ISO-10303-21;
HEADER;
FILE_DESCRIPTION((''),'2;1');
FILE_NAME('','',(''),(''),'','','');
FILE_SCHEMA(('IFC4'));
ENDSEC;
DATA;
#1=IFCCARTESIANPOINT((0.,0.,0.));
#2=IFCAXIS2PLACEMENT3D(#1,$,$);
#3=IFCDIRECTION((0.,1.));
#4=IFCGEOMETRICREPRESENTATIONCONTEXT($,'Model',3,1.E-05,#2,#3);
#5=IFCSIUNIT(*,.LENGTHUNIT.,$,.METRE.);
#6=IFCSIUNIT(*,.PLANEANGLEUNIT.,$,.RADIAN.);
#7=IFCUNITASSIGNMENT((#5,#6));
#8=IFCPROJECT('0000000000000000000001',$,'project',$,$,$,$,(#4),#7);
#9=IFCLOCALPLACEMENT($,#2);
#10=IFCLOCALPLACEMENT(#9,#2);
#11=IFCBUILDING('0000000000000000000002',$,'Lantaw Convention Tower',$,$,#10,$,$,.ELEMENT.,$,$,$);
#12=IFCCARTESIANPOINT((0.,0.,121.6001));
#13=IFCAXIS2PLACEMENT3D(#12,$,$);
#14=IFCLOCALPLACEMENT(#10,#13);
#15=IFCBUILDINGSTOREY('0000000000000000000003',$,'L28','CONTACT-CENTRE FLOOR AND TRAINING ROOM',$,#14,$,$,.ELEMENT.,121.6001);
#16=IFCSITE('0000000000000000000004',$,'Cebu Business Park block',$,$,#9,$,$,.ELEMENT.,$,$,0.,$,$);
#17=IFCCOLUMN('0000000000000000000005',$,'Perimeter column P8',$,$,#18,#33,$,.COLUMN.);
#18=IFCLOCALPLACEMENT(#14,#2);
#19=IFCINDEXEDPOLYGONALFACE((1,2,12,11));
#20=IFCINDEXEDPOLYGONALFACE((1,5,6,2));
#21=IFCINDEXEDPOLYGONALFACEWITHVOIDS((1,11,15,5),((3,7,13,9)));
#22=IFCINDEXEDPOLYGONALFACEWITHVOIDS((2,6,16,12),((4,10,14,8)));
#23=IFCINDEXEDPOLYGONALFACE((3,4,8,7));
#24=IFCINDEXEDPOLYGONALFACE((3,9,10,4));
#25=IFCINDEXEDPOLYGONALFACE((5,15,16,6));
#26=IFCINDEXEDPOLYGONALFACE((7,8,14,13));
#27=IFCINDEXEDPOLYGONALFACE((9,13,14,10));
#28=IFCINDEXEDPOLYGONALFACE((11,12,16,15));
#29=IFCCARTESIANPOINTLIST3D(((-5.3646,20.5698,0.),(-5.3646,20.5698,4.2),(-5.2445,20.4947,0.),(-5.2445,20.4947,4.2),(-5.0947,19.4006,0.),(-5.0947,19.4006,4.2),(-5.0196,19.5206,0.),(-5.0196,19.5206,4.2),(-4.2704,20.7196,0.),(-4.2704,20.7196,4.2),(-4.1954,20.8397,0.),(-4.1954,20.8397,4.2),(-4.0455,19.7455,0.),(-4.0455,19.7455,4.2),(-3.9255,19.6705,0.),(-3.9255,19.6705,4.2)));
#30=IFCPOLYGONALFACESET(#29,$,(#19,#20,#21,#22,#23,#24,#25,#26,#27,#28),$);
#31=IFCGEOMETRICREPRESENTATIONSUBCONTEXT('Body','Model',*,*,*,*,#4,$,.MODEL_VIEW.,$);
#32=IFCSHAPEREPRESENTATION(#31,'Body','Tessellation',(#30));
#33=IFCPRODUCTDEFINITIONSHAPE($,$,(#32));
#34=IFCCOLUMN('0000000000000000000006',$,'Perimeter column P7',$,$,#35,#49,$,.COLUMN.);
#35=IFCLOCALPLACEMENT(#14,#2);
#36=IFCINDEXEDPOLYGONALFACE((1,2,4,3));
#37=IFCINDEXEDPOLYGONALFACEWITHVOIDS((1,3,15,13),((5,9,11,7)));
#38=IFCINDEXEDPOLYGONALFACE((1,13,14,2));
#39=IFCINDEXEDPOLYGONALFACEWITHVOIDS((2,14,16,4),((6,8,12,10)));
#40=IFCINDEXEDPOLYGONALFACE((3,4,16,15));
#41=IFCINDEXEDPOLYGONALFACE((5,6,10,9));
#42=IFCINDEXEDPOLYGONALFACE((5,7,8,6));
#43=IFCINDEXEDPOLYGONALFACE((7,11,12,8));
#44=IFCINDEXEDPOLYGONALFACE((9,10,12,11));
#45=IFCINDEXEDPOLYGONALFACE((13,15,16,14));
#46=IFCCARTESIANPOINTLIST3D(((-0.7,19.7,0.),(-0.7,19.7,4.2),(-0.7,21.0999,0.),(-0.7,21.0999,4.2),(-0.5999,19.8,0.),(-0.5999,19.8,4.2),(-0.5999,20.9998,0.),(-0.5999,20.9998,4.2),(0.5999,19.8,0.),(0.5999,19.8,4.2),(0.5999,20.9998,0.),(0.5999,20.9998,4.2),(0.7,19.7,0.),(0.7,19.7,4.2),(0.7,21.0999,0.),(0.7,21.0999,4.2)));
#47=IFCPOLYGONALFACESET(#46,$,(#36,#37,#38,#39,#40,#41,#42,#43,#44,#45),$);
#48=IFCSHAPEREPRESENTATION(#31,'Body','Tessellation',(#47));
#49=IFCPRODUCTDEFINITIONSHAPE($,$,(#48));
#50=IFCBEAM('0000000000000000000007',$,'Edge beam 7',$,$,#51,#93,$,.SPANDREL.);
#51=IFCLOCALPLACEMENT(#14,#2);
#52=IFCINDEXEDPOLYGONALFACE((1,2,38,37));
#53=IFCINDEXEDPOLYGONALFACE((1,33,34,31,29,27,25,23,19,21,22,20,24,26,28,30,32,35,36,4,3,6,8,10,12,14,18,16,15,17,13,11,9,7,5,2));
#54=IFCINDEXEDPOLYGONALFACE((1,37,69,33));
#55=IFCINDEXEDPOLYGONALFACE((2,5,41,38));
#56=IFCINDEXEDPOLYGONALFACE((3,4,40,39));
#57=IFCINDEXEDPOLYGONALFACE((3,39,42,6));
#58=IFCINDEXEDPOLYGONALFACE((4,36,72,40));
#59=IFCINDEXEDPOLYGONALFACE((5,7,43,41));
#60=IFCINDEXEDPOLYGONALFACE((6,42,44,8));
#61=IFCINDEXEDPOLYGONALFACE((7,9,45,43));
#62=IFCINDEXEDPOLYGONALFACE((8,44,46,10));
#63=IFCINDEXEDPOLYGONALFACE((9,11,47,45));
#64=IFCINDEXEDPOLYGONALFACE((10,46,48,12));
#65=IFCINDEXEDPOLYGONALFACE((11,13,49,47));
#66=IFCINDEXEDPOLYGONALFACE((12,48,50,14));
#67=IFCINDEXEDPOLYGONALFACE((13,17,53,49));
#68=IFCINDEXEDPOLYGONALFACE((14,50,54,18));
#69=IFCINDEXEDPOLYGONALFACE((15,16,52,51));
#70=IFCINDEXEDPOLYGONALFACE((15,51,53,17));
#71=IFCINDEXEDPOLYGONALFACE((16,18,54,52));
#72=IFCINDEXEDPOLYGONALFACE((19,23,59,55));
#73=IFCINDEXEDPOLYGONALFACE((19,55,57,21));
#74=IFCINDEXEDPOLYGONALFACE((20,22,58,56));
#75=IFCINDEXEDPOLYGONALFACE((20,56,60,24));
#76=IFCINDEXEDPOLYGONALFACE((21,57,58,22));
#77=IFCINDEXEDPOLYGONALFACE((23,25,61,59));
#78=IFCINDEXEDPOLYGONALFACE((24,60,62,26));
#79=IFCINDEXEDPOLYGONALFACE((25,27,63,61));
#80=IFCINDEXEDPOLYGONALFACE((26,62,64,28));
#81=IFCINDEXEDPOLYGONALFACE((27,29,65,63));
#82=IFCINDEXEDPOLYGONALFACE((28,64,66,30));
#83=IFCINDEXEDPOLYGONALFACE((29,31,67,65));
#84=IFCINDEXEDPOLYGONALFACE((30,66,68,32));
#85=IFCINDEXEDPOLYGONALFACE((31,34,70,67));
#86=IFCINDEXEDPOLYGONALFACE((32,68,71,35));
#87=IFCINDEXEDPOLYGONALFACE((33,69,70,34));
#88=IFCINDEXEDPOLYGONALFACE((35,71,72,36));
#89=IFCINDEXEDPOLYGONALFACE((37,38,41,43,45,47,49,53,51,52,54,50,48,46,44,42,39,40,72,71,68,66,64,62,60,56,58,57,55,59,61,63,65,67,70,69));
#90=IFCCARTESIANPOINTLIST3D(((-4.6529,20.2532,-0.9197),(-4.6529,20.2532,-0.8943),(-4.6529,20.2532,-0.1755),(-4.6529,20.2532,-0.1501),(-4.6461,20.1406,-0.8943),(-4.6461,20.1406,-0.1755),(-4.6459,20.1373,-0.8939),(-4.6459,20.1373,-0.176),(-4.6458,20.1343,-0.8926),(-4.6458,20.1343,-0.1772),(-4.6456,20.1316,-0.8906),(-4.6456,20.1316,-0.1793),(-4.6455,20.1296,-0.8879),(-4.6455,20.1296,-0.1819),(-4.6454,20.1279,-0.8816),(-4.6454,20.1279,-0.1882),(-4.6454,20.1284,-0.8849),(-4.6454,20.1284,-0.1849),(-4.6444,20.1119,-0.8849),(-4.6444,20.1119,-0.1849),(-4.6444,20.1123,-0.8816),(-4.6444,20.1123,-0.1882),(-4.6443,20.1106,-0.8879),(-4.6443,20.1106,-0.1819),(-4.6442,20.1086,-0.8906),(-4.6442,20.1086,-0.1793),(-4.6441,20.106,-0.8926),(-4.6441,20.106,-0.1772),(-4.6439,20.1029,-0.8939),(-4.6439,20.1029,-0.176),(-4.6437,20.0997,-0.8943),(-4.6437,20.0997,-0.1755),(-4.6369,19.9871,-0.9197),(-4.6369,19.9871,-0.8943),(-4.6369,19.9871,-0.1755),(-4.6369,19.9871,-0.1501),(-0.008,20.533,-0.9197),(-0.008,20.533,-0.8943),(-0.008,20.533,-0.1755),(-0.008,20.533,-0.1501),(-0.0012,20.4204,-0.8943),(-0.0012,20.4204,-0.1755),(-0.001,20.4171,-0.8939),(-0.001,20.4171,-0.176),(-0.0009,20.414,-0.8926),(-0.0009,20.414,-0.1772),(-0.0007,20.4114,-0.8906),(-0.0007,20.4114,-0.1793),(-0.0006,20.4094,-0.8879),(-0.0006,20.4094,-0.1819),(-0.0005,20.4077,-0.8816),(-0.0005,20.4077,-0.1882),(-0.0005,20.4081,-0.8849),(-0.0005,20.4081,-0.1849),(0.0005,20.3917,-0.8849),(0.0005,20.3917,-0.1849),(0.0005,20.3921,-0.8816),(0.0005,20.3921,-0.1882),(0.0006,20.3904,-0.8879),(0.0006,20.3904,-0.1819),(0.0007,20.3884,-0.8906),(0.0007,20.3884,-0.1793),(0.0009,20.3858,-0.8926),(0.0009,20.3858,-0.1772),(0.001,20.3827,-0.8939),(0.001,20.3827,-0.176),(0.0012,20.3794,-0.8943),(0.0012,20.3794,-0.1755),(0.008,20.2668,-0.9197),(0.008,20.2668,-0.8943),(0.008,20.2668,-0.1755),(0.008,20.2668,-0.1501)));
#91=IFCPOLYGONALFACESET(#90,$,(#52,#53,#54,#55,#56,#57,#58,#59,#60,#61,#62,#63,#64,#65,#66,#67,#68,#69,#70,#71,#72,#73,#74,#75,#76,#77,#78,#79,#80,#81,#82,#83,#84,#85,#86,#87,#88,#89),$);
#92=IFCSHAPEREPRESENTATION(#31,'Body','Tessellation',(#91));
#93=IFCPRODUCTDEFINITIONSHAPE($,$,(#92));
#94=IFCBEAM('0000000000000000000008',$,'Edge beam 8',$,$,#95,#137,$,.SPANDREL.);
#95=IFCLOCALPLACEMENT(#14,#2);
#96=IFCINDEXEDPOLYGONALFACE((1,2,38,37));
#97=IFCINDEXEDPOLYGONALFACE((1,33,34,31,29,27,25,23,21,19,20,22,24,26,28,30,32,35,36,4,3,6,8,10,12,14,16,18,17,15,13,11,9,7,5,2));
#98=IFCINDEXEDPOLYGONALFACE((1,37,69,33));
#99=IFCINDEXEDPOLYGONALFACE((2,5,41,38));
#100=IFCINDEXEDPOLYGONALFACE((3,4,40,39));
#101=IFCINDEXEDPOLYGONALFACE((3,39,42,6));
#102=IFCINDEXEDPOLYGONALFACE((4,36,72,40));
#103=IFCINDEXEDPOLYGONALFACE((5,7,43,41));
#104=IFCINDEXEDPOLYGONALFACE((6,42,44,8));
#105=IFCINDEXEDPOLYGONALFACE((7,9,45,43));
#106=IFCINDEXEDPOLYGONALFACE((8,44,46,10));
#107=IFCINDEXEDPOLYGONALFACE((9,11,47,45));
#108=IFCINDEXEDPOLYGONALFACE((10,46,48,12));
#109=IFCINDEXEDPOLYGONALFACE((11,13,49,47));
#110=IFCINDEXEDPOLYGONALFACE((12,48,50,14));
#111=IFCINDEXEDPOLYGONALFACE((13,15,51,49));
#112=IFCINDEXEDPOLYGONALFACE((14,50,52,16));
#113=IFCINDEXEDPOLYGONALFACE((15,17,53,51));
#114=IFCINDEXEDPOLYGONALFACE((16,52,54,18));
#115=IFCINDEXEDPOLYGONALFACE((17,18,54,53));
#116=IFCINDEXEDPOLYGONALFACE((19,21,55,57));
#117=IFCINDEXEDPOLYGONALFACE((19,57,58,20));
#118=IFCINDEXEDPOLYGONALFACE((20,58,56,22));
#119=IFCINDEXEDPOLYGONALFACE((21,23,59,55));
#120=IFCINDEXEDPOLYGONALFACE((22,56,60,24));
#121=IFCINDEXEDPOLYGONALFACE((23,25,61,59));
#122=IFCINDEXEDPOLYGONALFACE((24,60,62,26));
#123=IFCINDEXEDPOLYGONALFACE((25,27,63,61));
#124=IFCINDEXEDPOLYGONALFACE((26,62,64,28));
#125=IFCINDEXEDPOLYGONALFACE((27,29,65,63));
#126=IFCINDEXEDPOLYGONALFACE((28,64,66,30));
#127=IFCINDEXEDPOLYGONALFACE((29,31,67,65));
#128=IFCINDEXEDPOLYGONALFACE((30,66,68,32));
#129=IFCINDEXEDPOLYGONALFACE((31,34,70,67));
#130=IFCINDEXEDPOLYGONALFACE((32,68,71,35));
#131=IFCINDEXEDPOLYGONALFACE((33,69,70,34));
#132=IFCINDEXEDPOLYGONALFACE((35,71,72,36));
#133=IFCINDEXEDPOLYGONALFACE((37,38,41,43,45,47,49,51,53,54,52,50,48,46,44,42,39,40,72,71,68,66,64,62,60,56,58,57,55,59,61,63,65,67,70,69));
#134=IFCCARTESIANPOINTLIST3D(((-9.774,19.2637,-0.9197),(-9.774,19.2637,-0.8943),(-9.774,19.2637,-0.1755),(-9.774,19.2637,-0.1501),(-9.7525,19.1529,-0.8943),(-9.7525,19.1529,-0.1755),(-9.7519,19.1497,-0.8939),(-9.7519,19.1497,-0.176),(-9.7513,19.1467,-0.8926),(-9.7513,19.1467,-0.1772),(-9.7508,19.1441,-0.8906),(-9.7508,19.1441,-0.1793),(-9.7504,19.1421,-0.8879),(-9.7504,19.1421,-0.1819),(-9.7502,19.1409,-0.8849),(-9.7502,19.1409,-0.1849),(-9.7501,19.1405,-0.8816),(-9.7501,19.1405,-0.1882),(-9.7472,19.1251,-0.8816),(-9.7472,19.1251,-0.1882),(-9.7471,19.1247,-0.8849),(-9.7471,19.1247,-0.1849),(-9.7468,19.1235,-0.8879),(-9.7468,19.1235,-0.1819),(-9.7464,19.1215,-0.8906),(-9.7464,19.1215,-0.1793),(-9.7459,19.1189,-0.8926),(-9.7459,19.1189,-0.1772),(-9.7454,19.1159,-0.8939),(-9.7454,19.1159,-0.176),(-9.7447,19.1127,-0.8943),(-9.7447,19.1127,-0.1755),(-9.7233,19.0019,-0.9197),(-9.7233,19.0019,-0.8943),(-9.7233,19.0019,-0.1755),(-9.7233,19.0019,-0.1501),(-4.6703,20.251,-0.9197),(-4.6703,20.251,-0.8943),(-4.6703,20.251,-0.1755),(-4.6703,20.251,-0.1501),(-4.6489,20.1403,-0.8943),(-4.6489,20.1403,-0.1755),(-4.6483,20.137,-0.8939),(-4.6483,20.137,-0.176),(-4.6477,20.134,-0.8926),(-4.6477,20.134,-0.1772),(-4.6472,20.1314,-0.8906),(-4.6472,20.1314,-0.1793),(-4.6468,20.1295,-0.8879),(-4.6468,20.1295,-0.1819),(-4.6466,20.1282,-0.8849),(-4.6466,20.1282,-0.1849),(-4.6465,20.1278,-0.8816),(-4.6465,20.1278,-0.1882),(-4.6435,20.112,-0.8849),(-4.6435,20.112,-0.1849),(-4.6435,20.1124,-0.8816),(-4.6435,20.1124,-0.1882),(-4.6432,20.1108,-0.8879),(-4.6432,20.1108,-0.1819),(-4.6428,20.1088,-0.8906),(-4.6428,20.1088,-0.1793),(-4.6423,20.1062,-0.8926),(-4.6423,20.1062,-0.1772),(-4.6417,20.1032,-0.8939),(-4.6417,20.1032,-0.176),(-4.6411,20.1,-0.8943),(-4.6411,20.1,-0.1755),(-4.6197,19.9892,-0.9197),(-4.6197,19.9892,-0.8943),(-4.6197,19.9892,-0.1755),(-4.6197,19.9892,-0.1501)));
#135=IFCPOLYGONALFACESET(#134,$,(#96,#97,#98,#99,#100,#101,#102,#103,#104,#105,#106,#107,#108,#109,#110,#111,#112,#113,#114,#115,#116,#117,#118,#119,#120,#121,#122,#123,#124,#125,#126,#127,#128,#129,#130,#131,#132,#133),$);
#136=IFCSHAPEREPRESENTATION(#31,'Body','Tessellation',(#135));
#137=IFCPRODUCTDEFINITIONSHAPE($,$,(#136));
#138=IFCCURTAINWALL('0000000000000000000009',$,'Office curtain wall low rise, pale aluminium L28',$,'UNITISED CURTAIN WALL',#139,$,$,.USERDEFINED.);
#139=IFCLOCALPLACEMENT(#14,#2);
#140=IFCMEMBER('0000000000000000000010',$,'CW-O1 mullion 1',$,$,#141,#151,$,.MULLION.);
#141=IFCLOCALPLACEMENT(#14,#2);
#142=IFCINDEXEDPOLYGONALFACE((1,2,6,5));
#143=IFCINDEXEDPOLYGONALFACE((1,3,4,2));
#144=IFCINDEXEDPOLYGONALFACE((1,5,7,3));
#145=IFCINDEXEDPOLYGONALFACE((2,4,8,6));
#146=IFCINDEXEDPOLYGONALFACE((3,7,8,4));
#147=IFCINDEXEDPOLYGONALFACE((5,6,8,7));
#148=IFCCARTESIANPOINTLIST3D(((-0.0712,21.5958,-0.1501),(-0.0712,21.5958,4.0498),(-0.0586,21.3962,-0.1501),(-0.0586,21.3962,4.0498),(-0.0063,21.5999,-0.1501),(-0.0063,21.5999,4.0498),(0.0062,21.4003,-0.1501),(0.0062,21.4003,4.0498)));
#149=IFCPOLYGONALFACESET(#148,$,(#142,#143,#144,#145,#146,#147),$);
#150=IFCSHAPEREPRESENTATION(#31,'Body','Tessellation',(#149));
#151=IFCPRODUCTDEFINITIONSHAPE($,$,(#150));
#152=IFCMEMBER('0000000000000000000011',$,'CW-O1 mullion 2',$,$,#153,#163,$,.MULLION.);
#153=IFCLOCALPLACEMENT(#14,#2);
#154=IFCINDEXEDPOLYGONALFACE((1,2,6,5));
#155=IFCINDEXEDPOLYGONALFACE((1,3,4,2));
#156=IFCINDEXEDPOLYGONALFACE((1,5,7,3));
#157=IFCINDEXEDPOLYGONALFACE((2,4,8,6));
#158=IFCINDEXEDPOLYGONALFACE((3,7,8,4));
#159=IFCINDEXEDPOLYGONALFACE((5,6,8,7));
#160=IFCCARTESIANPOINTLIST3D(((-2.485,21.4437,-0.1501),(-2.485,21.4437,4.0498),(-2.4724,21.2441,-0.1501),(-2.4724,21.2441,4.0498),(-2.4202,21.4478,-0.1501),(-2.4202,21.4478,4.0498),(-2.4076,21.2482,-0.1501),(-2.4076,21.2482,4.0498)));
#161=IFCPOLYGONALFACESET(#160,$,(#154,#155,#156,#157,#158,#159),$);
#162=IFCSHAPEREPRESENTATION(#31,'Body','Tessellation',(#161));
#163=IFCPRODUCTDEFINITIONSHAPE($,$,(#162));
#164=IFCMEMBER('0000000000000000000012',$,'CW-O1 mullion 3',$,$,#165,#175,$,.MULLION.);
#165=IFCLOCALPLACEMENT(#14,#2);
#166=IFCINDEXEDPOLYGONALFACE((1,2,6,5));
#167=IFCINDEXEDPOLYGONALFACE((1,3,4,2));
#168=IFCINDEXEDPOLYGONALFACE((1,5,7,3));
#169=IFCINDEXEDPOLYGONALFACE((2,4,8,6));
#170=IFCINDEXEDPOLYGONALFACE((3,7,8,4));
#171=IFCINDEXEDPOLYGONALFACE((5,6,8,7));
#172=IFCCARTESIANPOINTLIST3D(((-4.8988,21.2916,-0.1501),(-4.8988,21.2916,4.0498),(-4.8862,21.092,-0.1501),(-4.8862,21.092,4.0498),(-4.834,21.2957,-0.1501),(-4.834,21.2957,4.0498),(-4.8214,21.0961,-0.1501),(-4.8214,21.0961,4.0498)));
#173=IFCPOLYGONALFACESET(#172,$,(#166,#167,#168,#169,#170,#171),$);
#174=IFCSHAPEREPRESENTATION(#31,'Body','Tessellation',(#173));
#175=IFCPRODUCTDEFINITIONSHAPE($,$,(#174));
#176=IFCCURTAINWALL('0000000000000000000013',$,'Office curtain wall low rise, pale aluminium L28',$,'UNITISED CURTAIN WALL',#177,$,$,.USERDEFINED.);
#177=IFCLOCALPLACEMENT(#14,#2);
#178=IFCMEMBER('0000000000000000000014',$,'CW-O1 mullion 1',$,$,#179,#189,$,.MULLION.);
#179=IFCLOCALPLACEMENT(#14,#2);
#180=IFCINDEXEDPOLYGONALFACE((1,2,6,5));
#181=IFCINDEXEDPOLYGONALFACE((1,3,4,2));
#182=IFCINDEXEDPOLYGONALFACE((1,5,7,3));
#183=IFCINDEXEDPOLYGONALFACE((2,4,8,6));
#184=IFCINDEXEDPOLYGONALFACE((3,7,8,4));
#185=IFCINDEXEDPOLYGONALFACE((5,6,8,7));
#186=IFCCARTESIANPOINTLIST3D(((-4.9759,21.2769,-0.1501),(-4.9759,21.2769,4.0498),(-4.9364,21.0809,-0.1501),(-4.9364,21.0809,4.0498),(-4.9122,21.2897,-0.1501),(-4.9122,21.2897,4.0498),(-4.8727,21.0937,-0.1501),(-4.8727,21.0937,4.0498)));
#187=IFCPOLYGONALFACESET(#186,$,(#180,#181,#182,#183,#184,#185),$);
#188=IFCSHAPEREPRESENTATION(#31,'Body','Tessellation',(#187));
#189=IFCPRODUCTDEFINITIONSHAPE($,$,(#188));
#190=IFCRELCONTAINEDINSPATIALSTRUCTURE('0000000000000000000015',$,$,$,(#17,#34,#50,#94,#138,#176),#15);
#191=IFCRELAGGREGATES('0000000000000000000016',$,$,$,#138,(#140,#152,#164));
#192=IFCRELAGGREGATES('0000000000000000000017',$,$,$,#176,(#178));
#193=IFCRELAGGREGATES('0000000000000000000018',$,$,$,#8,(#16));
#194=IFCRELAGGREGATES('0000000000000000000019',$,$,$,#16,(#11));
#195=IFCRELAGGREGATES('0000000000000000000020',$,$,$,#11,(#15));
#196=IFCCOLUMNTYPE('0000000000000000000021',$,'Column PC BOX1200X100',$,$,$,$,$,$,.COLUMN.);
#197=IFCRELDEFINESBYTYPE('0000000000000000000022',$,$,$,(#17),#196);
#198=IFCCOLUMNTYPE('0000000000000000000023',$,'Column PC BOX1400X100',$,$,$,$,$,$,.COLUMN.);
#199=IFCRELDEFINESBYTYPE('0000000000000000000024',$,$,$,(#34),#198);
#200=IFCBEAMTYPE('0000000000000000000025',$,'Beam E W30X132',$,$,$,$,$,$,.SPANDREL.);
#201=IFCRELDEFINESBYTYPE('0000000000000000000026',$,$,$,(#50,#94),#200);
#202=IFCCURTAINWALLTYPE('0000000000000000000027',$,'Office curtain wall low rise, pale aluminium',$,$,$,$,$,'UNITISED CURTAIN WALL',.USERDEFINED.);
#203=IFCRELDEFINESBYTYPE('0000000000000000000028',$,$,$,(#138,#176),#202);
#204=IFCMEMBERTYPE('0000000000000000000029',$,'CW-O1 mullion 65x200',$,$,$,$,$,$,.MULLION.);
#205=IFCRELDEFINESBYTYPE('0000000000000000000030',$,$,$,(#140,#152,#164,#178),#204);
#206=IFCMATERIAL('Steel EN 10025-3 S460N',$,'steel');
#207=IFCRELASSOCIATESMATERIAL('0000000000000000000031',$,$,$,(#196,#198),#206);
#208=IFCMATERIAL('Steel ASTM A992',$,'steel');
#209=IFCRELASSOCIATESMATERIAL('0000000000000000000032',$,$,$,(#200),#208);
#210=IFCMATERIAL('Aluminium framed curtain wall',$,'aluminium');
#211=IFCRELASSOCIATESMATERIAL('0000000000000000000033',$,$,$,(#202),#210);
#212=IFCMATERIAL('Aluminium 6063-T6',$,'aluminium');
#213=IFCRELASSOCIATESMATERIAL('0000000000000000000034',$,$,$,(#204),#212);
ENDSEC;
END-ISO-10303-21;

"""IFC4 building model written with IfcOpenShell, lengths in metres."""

from ifc_helpers import new_model, si_unit, direction, frame, origin, origin_2d, place, context, subcontext, project, spatial, rectangle, hollow_rectangle, i_section, extrude, material, material_profile, profile_set, type_object, element, aggregate, save


model = new_model("IFC4")

# Units and contexts
model_context = context("Model", 3, precision=1e-05, world=origin(), true_north=direction((0.0, 1.0)))
body_context = subcontext(model_context, "Body", "Model", "MODEL_VIEW")
ifc_project = project(units=[si_unit("LENGTHUNIT", "METRE"), si_unit("PLANEANGLEUNIT", "RADIAN")], contexts=[model_context])

# Site, building, storey
site_placement = place(None, origin())
site = spatial("IfcSite", under=ifc_project, at=site_placement, Name="Cebu Business Park block", CompositionType="ELEMENT", RefElevation=0.0)
building_placement = place(site_placement, origin())
building = spatial("IfcBuilding", under=site, at=building_placement, Name="Lantaw Convention Tower", CompositionType="ELEMENT")
storey_placement = place(building_placement, frame((0.0, 0.0, 121.6001)))
storey = spatial("IfcBuildingStorey", under=building, at=storey_placement, Name="L28", Description="CONTACT-CENTRE FLOOR AND TRAINING ROOM", CompositionType="ELEMENT", Elevation=121.6001)

# Columns
ifc_material_1 = material(Name="Steel EN 10025-3 S460N", Category="steel")
ifc_material_profile_1 = material_profile(ifc_material_1, hollow_rectangle(XDim=1.2, YDim=1.2, WallThickness=0.1001, at=origin_2d()), Name="BOX1200X100")
ifc_material_2 = material(Name="Concrete C60/75", Category="concrete")
ifc_material_profile_2 = material_profile(ifc_material_2, rectangle(XDim=1.0, YDim=1.0, at=origin_2d()), Name="Concrete fill of BOX1200X100")
ifc_profile_set_1 = profile_set([ifc_material_profile_1, ifc_material_profile_2], Name="Steel EN 10025-3 S460N")
column_type_1 = type_object("IfcColumnType", Name="Column PC BOX1200X100", PredefinedType="COLUMN", material=ifc_profile_set_1)
column_1_placement = place(storey_placement, frame((-4.645, 20.1201, 0.0), z_axis=(0.0, 0.0, 1.0), x_axis=(0.97437, 0.224951, 0.0)))
element("IfcColumn", 1, at=column_1_placement, inside=storey, type_object=column_type_1, Name="Perimeter column P8", PredefinedType="COLUMN", context=body_context, shape_type="SweptSolid", body=[
    extrude(hollow_rectangle(XDim=1.2, YDim=1.2, WallThickness=0.1001, at=origin_2d()), origin(), (0.0, 0.0, 1.0), 4.2),
])
ifc_material_profile_3 = material_profile(ifc_material_1, hollow_rectangle(XDim=1.3999, YDim=1.3999, WallThickness=0.1001, at=origin_2d()), Name="BOX1400X100")
ifc_material_profile_4 = material_profile(ifc_material_2, rectangle(XDim=1.2, YDim=1.2, at=origin_2d()), Name="Concrete fill of BOX1400X100")
ifc_profile_set_2 = profile_set([ifc_material_profile_3, ifc_material_profile_4], Name="Steel EN 10025-3 S460N")
column_type_2 = type_object("IfcColumnType", Name="Column PC BOX1400X100", PredefinedType="COLUMN", material=ifc_profile_set_2)
column_2_placement = place(storey_placement, frame((0.0, 20.3999, 0.0), z_axis=(0.0, 0.0, 1.0), x_axis=(1.0, 0.0, 0.0)))
element("IfcColumn", 2, at=column_2_placement, inside=storey, type_object=column_type_2, Name="Perimeter column P7", PredefinedType="COLUMN", context=body_context, shape_type="SweptSolid", body=[
    extrude(hollow_rectangle(XDim=1.3999, YDim=1.3999, WallThickness=0.1001, at=origin_2d()), origin(), (0.0, 0.0, 1.0), 4.2),
])

# Beams
ifc_material_3 = material(Name="Steel ASTM A992", Category="steel")
ifc_material_profile_5 = material_profile(ifc_material_3, i_section(OverallWidth=0.2666, OverallDepth=0.7695, WebThickness=0.0156, FlangeThickness=0.0254, FilletRadius=0.0127, at=origin_2d()), Name="W30X132")
ifc_profile_set_3 = profile_set([ifc_material_profile_5], Name="Steel ASTM A992")
beam_type = type_object("IfcBeamType", Name="Beam E W30X132", PredefinedType="SPANDREL", material=ifc_profile_set_3)
beam_1_placement = place(storey_placement, frame((0.0, 20.3999, -0.5349), z_axis=(-0.998191, -0.060124, 0.0), x_axis=(0.060124, -0.998191, 0.0)))
element("IfcBeam", 3, at=beam_1_placement, inside=storey, type_object=beam_type, Name="Edge beam 7", PredefinedType="SPANDREL", context=body_context, shape_type="SweptSolid", body=[
    extrude(i_section(OverallWidth=0.2666, OverallDepth=0.7695, WebThickness=0.0156, FlangeThickness=0.0254, FilletRadius=0.0127, at=origin_2d()), origin(), (0.0, 0.0, 1.0), 4.6533),
])
beam_2_placement = place(storey_placement, frame((-4.645, 20.1201, -0.5349), z_axis=(-0.981797, -0.189934, 0.0), x_axis=(0.189934, -0.981797, 0.0)))
element("IfcBeam", 4, at=beam_2_placement, inside=storey, type_object=beam_type, Name="Edge beam 8", PredefinedType="SPANDREL", context=body_context, shape_type="SweptSolid", body=[
    extrude(i_section(OverallWidth=0.2666, OverallDepth=0.7695, WebThickness=0.0156, FlangeThickness=0.0254, FilletRadius=0.0127, at=origin_2d()), origin(), (0.0, 0.0, 1.0), 5.1982),
])

# Curtain walls, members
ifc_material_4 = material(Name="Aluminium framed curtain wall", Category="aluminium")
curtain_wall_type = type_object("IfcCurtainWallType", Name="Office curtain wall low rise, pale aluminium", ElementType="UNITISED CURTAIN WALL", PredefinedType="USERDEFINED", material=ifc_material_4)
curtain_wall_1_placement = place(storey_placement, origin())
curtain_wall_1 = element("IfcCurtainWall", 5, at=curtain_wall_1_placement, inside=storey, type_object=curtain_wall_type, Name="Office curtain wall low rise, pale aluminium L28", ObjectType="UNITISED CURTAIN WALL", PredefinedType="USERDEFINED")
ifc_material_5 = material(Name="Aluminium 6063-T6", Category="aluminium")
ifc_material_profile_6 = material_profile(ifc_material_5, rectangle(XDim=0.2, YDim=0.0649, at=origin_2d()), Name="CW-O1 mullion 65x200")
ifc_profile_set_4 = profile_set([ifc_material_profile_6], Name="Aluminium 6063-T6")
member_type_1 = type_object("IfcMemberType", Name="CW-O1 mullion 65x200", PredefinedType="MULLION", material=ifc_profile_set_4)
member_1_placement = place(storey_placement, frame((-0.0325, 21.498, -0.1501), z_axis=(0.0, 0.0, 1.0), x_axis=(0.062865, -0.998022, 0.0)))
member_1 = element("IfcMember", 6, at=member_1_placement, type_object=member_type_1, Name="CW-O1 mullion 1", PredefinedType="MULLION", context=body_context, shape_type="SweptSolid", body=[
    extrude(rectangle(XDim=0.2, YDim=0.0649, at=origin_2d()), origin(), (0.0, 0.0, 1.0), 4.2),
])
member_2_placement = place(storey_placement, frame((-2.4463, 21.3459, -0.1501), z_axis=(0.0, 0.0, 1.0), x_axis=(0.062865, -0.998022, 0.0)))
member_2 = element("IfcMember", 7, at=member_2_placement, type_object=member_type_1, Name="CW-O1 mullion 2", PredefinedType="MULLION", context=body_context, shape_type="SweptSolid", body=[
    extrude(rectangle(XDim=0.2, YDim=0.0649, at=origin_2d()), origin(), (0.0, 0.0, 1.0), 4.2),
])
member_3_placement = place(storey_placement, frame((-4.8601, 21.1938, -0.1501), z_axis=(0.0, 0.0, 1.0), x_axis=(0.062865, -0.998022, 0.0)))
member_3 = element("IfcMember", 8, at=member_3_placement, type_object=member_type_1, Name="CW-O1 mullion 3", PredefinedType="MULLION", context=body_context, shape_type="SweptSolid", body=[
    extrude(rectangle(XDim=0.2, YDim=0.0649, at=origin_2d()), origin(), (0.0, 0.0, 1.0), 4.2),
])
curtain_wall_2_placement = place(storey_placement, origin())
curtain_wall_2 = element("IfcCurtainWall", 9, at=curtain_wall_2_placement, inside=storey, type_object=curtain_wall_type, Name="Office curtain wall low rise, pale aluminium L28", ObjectType="UNITISED CURTAIN WALL", PredefinedType="USERDEFINED")
member_4_placement = place(storey_placement, frame((-4.9243, 21.1853, -0.1501), z_axis=(0.0, 0.0, 1.0), x_axis=(0.197507, -0.980302, 0.0)))
member_4 = element("IfcMember", 10, at=member_4_placement, type_object=member_type_1, Name="CW-O1 mullion 1", PredefinedType="MULLION", context=body_context, shape_type="SweptSolid", body=[
    extrude(rectangle(XDim=0.2, YDim=0.0649, at=origin_2d()), origin(), (0.0, 0.0, 1.0), 4.2),
])

aggregate(curtain_wall_1, [member_1, member_2, member_3])
aggregate(curtain_wall_2, [member_4])

save(model, "model.ifc")
